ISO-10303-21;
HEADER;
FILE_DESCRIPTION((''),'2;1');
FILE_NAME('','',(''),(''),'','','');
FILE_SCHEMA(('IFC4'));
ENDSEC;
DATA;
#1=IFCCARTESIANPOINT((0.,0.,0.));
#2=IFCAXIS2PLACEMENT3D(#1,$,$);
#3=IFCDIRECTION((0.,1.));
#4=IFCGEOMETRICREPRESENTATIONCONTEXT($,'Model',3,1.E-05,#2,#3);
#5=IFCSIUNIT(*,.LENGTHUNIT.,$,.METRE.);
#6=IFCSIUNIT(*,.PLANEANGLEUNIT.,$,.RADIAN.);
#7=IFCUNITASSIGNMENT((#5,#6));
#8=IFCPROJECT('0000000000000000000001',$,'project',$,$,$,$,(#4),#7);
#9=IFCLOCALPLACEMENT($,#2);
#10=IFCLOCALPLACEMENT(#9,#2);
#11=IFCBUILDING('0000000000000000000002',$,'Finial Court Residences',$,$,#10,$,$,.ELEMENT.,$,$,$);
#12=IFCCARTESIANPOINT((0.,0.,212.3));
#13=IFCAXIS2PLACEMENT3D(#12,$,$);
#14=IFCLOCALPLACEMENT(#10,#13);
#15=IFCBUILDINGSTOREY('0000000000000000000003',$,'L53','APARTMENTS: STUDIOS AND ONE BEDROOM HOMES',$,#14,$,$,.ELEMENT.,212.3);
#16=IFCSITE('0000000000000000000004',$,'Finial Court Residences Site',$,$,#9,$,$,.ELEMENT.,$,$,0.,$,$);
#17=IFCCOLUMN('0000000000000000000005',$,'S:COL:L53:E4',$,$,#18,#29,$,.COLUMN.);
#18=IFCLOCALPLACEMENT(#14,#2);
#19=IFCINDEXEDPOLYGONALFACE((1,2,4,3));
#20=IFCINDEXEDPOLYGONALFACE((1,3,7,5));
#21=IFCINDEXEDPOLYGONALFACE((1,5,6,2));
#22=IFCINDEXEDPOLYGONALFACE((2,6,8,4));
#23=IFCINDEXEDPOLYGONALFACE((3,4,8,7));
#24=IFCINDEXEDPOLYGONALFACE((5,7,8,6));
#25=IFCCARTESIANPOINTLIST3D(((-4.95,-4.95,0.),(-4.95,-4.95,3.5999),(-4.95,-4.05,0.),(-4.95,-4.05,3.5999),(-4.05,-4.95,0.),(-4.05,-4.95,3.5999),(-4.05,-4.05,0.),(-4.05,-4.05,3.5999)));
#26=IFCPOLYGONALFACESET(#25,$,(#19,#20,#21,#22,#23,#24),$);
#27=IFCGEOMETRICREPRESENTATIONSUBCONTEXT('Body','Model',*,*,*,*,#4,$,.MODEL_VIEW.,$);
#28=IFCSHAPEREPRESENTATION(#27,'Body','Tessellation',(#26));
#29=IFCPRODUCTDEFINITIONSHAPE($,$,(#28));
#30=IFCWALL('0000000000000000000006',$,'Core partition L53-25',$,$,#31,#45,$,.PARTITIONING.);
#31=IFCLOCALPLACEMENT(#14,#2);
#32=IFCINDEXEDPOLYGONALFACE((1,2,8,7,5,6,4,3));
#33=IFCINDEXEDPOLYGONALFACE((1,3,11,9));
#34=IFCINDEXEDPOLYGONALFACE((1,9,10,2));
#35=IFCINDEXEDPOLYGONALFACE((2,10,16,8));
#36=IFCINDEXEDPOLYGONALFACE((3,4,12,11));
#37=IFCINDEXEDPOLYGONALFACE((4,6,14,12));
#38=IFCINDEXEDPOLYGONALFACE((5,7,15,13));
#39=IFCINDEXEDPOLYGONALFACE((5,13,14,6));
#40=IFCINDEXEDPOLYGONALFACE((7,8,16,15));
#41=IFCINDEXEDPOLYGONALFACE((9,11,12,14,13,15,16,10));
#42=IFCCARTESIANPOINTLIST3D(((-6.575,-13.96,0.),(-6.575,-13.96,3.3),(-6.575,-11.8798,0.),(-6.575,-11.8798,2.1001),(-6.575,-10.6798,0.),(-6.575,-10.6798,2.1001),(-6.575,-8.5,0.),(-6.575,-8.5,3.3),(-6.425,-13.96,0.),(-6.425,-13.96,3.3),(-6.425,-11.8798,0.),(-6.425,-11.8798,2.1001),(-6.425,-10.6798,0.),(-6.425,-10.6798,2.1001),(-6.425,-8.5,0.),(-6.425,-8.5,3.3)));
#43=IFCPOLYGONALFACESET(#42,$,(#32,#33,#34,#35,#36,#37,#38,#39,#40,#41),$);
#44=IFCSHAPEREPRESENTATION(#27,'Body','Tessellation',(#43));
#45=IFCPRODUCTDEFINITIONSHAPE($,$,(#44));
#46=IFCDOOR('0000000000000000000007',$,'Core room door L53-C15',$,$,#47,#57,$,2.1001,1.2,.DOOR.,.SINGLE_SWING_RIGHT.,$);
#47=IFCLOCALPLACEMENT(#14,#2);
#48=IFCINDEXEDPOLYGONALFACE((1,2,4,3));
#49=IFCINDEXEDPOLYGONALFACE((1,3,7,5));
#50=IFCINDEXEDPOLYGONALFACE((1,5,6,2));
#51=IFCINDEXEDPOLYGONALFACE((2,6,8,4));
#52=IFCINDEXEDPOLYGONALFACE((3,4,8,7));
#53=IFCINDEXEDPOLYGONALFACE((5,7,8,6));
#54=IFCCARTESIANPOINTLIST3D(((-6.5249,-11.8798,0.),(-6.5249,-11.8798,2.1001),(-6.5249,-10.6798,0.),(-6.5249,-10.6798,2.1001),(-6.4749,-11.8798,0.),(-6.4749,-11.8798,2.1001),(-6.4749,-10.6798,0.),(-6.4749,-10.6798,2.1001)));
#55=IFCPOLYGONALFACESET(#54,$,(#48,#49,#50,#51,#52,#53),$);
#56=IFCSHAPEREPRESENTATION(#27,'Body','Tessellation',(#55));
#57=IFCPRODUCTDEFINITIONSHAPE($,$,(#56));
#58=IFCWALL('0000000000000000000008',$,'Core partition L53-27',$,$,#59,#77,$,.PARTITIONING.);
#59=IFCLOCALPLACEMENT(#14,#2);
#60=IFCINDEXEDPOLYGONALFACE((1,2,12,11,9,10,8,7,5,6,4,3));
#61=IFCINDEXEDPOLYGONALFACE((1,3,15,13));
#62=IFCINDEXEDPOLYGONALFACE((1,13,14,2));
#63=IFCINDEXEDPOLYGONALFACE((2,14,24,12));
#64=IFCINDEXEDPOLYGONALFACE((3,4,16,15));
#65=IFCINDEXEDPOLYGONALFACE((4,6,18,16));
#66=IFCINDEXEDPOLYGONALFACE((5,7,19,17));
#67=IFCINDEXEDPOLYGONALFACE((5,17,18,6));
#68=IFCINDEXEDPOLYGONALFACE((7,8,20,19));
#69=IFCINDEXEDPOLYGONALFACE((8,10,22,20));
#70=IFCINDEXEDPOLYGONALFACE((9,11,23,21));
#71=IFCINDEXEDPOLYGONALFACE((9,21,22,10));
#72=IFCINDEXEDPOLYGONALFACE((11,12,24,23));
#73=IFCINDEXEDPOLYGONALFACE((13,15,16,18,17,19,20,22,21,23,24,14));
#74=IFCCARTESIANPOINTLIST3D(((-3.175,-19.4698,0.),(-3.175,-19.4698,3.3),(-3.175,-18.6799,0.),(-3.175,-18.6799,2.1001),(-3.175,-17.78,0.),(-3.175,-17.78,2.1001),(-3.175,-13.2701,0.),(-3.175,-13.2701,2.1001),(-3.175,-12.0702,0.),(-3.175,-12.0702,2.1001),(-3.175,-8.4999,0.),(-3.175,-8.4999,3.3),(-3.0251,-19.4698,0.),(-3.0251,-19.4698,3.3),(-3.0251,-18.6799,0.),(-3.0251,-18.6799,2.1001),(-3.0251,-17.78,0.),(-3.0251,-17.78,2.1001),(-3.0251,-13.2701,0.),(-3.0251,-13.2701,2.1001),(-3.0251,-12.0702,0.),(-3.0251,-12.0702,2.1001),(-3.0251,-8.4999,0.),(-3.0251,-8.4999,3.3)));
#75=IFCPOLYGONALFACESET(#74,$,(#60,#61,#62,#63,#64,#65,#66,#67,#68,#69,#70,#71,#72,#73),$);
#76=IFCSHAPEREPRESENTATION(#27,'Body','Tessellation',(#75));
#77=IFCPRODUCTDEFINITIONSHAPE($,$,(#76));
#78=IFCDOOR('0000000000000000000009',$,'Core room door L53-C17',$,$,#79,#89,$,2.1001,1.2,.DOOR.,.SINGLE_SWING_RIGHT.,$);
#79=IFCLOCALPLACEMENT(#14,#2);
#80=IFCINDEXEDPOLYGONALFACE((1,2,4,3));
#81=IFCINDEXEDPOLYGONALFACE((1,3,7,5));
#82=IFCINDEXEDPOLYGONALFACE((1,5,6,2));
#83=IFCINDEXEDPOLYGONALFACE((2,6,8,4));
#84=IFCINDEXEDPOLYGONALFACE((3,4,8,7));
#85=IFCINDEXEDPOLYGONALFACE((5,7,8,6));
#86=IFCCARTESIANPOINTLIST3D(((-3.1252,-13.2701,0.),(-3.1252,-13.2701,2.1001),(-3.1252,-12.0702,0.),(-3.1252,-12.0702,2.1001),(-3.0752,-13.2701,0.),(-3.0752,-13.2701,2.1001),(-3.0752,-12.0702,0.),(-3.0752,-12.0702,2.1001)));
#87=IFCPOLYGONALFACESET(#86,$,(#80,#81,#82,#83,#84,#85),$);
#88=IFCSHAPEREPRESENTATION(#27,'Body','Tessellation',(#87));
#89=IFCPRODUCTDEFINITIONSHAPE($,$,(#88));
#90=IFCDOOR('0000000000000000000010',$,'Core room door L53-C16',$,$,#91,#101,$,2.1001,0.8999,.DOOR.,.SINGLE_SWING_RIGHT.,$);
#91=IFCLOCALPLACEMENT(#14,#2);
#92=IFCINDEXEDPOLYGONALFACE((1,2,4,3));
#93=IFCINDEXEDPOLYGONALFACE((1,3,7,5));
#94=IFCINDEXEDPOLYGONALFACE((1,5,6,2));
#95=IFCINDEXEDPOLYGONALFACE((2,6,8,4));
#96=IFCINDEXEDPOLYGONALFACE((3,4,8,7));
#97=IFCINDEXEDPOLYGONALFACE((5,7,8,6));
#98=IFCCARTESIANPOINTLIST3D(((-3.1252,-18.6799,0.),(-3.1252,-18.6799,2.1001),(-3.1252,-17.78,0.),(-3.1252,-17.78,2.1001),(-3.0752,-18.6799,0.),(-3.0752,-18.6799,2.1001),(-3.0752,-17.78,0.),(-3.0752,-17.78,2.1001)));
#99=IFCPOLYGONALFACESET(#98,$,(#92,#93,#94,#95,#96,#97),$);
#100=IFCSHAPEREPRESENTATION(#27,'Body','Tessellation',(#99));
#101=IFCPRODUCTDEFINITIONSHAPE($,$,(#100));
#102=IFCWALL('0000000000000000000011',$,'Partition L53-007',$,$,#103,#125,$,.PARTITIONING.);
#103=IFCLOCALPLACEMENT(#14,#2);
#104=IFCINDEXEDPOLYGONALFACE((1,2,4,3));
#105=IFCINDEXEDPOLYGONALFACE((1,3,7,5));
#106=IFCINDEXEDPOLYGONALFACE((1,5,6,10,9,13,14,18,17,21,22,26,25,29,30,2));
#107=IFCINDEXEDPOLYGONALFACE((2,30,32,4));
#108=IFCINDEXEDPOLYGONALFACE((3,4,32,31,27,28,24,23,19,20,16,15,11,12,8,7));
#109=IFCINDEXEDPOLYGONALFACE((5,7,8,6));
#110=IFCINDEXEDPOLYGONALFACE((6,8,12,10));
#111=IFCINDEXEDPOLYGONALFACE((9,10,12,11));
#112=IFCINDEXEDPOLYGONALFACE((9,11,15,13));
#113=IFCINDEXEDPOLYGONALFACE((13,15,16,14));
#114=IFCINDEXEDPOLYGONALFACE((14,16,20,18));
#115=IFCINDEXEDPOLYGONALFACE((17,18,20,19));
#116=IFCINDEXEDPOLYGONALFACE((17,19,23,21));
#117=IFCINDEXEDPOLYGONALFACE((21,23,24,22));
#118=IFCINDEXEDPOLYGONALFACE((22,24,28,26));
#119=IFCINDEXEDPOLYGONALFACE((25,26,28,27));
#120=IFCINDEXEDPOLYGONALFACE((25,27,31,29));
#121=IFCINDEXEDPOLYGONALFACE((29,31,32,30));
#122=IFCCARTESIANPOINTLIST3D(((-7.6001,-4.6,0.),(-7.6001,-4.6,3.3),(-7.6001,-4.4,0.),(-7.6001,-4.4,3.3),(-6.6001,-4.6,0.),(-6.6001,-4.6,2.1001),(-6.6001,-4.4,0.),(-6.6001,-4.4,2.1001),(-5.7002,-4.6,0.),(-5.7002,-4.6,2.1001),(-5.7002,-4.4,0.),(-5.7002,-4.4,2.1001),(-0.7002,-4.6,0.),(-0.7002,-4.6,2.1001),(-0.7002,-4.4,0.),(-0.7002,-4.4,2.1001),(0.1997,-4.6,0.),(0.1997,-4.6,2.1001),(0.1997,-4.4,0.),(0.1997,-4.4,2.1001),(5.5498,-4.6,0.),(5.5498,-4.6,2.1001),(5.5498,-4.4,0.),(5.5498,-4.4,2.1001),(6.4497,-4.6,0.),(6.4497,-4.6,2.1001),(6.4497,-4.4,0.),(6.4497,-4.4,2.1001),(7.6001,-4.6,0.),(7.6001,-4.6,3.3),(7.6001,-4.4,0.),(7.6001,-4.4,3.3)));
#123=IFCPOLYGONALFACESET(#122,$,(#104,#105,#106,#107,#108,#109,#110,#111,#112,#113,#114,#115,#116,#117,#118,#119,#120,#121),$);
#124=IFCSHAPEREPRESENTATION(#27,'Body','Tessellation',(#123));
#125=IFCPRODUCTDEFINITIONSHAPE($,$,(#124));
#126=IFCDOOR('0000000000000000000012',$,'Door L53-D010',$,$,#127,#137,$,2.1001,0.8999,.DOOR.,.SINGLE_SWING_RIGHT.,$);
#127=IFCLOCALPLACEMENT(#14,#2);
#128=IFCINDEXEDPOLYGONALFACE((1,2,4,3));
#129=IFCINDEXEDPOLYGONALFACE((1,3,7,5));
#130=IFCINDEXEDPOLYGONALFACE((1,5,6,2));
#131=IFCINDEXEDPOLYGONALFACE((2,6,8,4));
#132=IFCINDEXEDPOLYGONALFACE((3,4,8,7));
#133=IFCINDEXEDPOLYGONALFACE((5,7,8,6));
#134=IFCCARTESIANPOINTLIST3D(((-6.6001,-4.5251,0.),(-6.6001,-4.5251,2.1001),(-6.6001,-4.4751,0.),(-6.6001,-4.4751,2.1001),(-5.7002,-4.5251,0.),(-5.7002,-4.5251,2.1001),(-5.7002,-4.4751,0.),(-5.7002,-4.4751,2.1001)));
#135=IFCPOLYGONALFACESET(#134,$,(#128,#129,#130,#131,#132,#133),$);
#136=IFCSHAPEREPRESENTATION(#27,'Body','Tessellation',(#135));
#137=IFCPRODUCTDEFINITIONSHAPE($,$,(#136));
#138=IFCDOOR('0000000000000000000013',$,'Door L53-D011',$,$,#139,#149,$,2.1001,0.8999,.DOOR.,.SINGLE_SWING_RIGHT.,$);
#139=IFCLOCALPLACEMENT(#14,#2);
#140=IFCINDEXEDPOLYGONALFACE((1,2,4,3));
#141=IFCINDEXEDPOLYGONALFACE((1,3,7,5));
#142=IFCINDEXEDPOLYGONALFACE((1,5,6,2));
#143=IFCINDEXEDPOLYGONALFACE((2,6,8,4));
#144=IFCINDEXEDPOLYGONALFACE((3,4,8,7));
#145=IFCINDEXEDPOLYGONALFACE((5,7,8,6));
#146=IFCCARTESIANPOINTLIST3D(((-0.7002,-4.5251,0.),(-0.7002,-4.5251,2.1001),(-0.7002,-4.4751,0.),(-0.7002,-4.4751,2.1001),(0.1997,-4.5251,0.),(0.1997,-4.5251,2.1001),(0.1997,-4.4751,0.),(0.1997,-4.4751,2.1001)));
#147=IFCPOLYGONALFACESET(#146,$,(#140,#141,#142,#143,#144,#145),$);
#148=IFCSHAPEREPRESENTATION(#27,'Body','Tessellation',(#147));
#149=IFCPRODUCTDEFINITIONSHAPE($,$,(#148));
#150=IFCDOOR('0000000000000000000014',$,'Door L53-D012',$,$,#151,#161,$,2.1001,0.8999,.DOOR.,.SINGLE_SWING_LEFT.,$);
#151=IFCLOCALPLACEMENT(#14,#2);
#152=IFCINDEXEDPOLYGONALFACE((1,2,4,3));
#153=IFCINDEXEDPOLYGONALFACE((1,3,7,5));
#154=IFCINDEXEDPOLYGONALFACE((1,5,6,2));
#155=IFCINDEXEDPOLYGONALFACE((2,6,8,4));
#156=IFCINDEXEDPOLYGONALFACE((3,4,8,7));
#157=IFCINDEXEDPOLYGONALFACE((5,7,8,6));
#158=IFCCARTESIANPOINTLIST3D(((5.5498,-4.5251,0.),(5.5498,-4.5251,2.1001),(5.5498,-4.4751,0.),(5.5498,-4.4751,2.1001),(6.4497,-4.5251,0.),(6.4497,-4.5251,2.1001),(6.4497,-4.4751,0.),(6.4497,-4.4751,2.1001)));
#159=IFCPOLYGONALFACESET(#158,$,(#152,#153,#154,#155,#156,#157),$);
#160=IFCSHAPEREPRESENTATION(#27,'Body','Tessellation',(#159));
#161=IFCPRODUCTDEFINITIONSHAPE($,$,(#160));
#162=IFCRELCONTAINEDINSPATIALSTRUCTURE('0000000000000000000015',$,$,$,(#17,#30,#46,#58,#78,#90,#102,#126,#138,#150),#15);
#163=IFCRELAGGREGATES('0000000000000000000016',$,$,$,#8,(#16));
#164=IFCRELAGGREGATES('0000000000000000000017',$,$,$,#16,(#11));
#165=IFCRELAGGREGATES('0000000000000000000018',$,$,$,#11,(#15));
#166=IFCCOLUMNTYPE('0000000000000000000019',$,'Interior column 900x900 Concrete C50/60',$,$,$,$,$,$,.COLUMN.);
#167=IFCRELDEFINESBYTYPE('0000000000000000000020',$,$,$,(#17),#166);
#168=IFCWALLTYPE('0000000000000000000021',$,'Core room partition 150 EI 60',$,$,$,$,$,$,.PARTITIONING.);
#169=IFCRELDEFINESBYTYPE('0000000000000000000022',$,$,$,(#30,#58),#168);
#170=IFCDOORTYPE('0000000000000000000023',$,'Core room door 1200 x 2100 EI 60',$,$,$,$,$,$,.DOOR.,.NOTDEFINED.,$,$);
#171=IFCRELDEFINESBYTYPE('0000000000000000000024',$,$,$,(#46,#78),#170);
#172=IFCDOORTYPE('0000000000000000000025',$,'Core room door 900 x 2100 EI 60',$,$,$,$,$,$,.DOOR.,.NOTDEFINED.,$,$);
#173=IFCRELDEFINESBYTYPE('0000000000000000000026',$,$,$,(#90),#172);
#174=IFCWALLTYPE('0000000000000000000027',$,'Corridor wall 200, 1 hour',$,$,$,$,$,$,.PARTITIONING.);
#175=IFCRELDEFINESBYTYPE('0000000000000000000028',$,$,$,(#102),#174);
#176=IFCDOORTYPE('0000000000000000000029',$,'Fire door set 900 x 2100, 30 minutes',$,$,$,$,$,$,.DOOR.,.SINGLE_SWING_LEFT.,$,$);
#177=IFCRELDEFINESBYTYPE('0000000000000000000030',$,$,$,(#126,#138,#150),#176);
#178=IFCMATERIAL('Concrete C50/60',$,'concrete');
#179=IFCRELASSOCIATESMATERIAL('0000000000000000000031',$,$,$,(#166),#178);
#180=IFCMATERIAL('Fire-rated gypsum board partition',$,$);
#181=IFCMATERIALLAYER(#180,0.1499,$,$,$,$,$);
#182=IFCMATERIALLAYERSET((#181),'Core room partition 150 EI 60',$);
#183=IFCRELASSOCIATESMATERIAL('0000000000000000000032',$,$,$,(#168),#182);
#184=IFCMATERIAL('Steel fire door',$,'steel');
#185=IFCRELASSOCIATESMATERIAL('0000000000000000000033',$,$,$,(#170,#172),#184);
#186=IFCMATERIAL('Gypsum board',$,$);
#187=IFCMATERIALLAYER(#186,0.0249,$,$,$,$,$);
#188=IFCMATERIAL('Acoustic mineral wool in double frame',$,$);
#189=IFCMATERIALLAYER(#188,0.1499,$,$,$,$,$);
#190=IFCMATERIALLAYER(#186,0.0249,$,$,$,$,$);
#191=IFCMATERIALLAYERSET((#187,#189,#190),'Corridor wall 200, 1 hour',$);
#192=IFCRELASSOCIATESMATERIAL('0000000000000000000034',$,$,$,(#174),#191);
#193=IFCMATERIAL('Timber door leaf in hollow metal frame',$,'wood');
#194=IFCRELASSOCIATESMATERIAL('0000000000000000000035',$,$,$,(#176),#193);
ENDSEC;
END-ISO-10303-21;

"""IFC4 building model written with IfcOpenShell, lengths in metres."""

from ifc_helpers import new_model, si_unit, direction, frame, frame_2d, origin, origin_2d, place, context, subcontext, project, spatial, rectangle, extrude, material, layer, layer_set, material_profile, profile_set, type_object, element, fill, save


model = new_model("IFC4")

# Units and contexts
model_context = context("Model", 3, precision=1e-05, world=origin(), true_north=direction((0.0, 1.0)))
body_context = subcontext(model_context, "Body", "Model", "MODEL_VIEW")
ifc_project = project(units=[si_unit("LENGTHUNIT", "METRE"), si_unit("PLANEANGLEUNIT", "RADIAN")], contexts=[model_context])

# Site, building, storey
site_placement = place(None, origin())
site = spatial("IfcSite", under=ifc_project, at=site_placement, Name="Finial Court Residences Site", CompositionType="ELEMENT", RefElevation=0.0)
building_placement = place(site_placement, origin())
building = spatial("IfcBuilding", under=site, at=building_placement, Name="Finial Court Residences", CompositionType="ELEMENT")
storey_placement = place(building_placement, frame((0.0, 0.0, 212.3)))
storey = spatial("IfcBuildingStorey", under=building, at=storey_placement, Name="L53", Description="APARTMENTS: STUDIOS AND ONE BEDROOM HOMES", CompositionType="ELEMENT", Elevation=212.3)

# Column
ifc_material_1 = material(Name="Concrete C50/60", Category="concrete")
ifc_material_profile = material_profile(ifc_material_1, rectangle(XDim=0.8999, YDim=0.8999, at=origin_2d()), Name="900x900")
ifc_profile_set = profile_set([ifc_material_profile], Name="Concrete C50/60")
column_type = type_object("IfcColumnType", Name="Interior column 900x900 Concrete C50/60", PredefinedType="COLUMN", material=ifc_profile_set)
column_placement = place(storey_placement, frame((-4.5, -4.5, 0.0), z_axis=(0.0, 0.0, 1.0), x_axis=(1.0, 0.0, 0.0)))
element("IfcColumn", 1, at=column_placement, inside=storey, type_object=column_type, Name="S:COL:L53:E4", PredefinedType="COLUMN", context=body_context, shape_type="SweptSolid", body=[
    extrude(rectangle(XDim=0.8999, YDim=0.8999, at=origin_2d()), origin(), (0.0, 0.0, 1.0), 3.5999),
])

# Wall, opening, door
ifc_material_2 = material(Name="Fire-rated gypsum board partition")
ifc_layer_1 = layer(ifc_material_2, 0.1499)
ifc_layer_set_1 = layer_set([ifc_layer_1], Name="Core room partition 150 EI 60")
wall_type_1 = type_object("IfcWallType", Name="Core room partition 150 EI 60", PredefinedType="PARTITIONING", material=ifc_layer_set_1)
wall_1_placement = place(storey_placement, frame((-6.5, -13.96, 0.0), z_axis=(0.0, 0.0, 1.0), x_axis=(0.0, 1.0, 0.0)))
wall_1 = element("IfcWall", 2, at=wall_1_placement, inside=storey, type_object=wall_type_1, Name="Core partition L53-25", PredefinedType="PARTITIONING", context=body_context, shape_type="SweptSolid", body=[
    extrude(rectangle(XDim=5.46, YDim=0.1499, at=frame_2d((2.73, 0.0))), origin(), (0.0, 0.0, 1.0), 3.3),
])
opening_1_placement = place(wall_1_placement, frame((2.0801, 0.0, 0.0)))
opening_1 = element("IfcOpeningElement", 3, at=opening_1_placement, cuts=wall_1, PredefinedType="OPENING", context=body_context, shape_type="SweptSolid", body=[
    extrude(rectangle(XDim=1.2, YDim=2.1001, at=frame_2d((0.6001, 1.05))), frame((0.0, 0.085, 0.0), z_axis=(0.0, -1.0, 0.0), x_axis=(1.0, 0.0, 0.0)), (0.0, 0.0, 1.0), 0.1699),
])
ifc_material_3 = material(Name="Steel fire door", Category="steel")
door_type_1 = type_object("IfcDoorType", Name="Core room door 1200 x 2100 EI 60", OperationType="NOTDEFINED", PredefinedType="DOOR", material=ifc_material_3)
door_1_placement = place(opening_1_placement, origin())
door_1 = element("IfcDoor", 4, at=door_1_placement, inside=storey, type_object=door_type_1, Name="Core room door L53-C15", OperationType="SINGLE_SWING_RIGHT", OverallHeight=2.1001, OverallWidth=1.2, PredefinedType="DOOR", context=body_context, shape_type="SweptSolid", body=[
    extrude(rectangle(XDim=1.2, YDim=2.1001, at=frame_2d((0.6001, 1.05))), frame((0.0, 0.0249, 0.0), z_axis=(0.0, -1.0, 0.0), x_axis=(1.0, 0.0, 0.0)), (0.0, 0.0, 1.0), 0.05),
])
fill(opening_1, door_1)

# Walls, openings, doors
wall_2_placement = place(storey_placement, frame((-3.1001, -8.5, 0.0), z_axis=(0.0, 0.0, 1.0), x_axis=(0.0, -1.0, 0.0)))
wall_2 = element("IfcWall", 5, at=wall_2_placement, inside=storey, type_object=wall_type_1, Name="Core partition L53-27", PredefinedType="PARTITIONING", context=body_context, shape_type="SweptSolid", body=[
    extrude(rectangle(XDim=10.97, YDim=0.1499, at=frame_2d((5.4849, 0.0))), origin(), (0.0, 0.0, 1.0), 3.3),
])
opening_2_placement = place(wall_2_placement, frame((9.28, 0.0, 0.0)))
opening_2 = element("IfcOpeningElement", 6, at=opening_2_placement, cuts=wall_2, PredefinedType="OPENING", context=body_context, shape_type="SweptSolid", body=[
    extrude(rectangle(XDim=0.8999, YDim=2.1001, at=frame_2d((0.45, 1.05))), frame((0.0, 0.085, 0.0), z_axis=(0.0, -1.0, 0.0), x_axis=(1.0, 0.0, 0.0)), (0.0, 0.0, 1.0), 0.1699),
])
opening_3_placement = place(wall_2_placement, frame((3.5701, 0.0, 0.0)))
opening_3 = element("IfcOpeningElement", 7, at=opening_3_placement, cuts=wall_2, PredefinedType="OPENING", context=body_context, shape_type="SweptSolid", body=[
    extrude(rectangle(XDim=1.2, YDim=2.1001, at=frame_2d((0.6001, 1.05))), frame((0.0, 0.085, 0.0), z_axis=(0.0, -1.0, 0.0), x_axis=(1.0, 0.0, 0.0)), (0.0, 0.0, 1.0), 0.1699),
])
door_2_placement = place(opening_3_placement, origin())
door_2 = element("IfcDoor", 8, at=door_2_placement, inside=storey, type_object=door_type_1, Name="Core room door L53-C17", OperationType="SINGLE_SWING_RIGHT", OverallHeight=2.1001, OverallWidth=1.2, PredefinedType="DOOR", context=body_context, shape_type="SweptSolid", body=[
    extrude(rectangle(XDim=1.2, YDim=2.1001, at=frame_2d((0.6001, 1.05))), frame((0.0, 0.0249, 0.0), z_axis=(0.0, -1.0, 0.0), x_axis=(1.0, 0.0, 0.0)), (0.0, 0.0, 1.0), 0.05),
])
fill(opening_3, door_2)
door_type_2 = type_object("IfcDoorType", Name="Core room door 900 x 2100 EI 60", OperationType="NOTDEFINED", PredefinedType="DOOR", material=ifc_material_3)
door_3_placement = place(opening_2_placement, origin())
door_3 = element("IfcDoor", 9, at=door_3_placement, inside=storey, type_object=door_type_2, Name="Core room door L53-C16", OperationType="SINGLE_SWING_RIGHT", OverallHeight=2.1001, OverallWidth=0.8999, PredefinedType="DOOR", context=body_context, shape_type="SweptSolid", body=[
    extrude(rectangle(XDim=0.8999, YDim=2.1001, at=frame_2d((0.45, 1.05))), frame((0.0, 0.0249, 0.0), z_axis=(0.0, -1.0, 0.0), x_axis=(1.0, 0.0, 0.0)), (0.0, 0.0, 1.0), 0.05),
])
fill(opening_2, door_3)
ifc_material_4 = material(Name="Gypsum board")
ifc_layer_2 = layer(ifc_material_4, 0.0249)
ifc_material_5 = material(Name="Acoustic mineral wool in double frame")
ifc_layer_3 = layer(ifc_material_5, 0.1499)
ifc_layer_4 = layer(ifc_material_4, 0.0249)
ifc_layer_set_2 = layer_set([ifc_layer_2, ifc_layer_3, ifc_layer_4], Name="Corridor wall 200, 1 hour")
wall_type_2 = type_object("IfcWallType", Name="Corridor wall 200, 1 hour", PredefinedType="PARTITIONING", material=ifc_layer_set_2)
wall_3_placement = place(storey_placement, frame((-7.6001, -4.5, 0.0), z_axis=(0.0, 0.0, 1.0), x_axis=(1.0, 0.0, 0.0)))
wall_3 = element("IfcWall", 10, at=wall_3_placement, inside=storey, type_object=wall_type_2, Name="Partition L53-007", PredefinedType="PARTITIONING", context=body_context, shape_type="SweptSolid", body=[
    extrude(rectangle(XDim=15.2002, YDim=0.2, at=frame_2d((7.6001, 0.0))), origin(), (0.0, 0.0, 1.0), 3.3),
])
opening_4_placement = place(wall_3_placement, frame((1.0, 0.0, 0.0)))
opening_4 = element("IfcOpeningElement", 11, at=opening_4_placement, cuts=wall_3, PredefinedType="OPENING", context=body_context, shape_type="SweptSolid", body=[
    extrude(rectangle(XDim=0.8999, YDim=2.1001, at=frame_2d((0.45, 1.05))), frame((0.0, 0.1099, 0.0), z_axis=(0.0, -1.0, 0.0), x_axis=(1.0, 0.0, 0.0)), (0.0, 0.0, 1.0), 0.22),
])
opening_5_placement = place(wall_3_placement, frame((6.8999, 0.0, 0.0)))
opening_5 = element("IfcOpeningElement", 12, at=opening_5_placement, cuts=wall_3, PredefinedType="OPENING", context=body_context, shape_type="SweptSolid", body=[
    extrude(rectangle(XDim=0.8999, YDim=2.1001, at=frame_2d((0.45, 1.05))), frame((0.0, 0.1099, 0.0), z_axis=(0.0, -1.0, 0.0), x_axis=(1.0, 0.0, 0.0)), (0.0, 0.0, 1.0), 0.22),
])
opening_6_placement = place(wall_3_placement, frame((13.1499, 0.0, 0.0)))
opening_6 = element("IfcOpeningElement", 13, at=opening_6_placement, cuts=wall_3, PredefinedType="OPENING", context=body_context, shape_type="SweptSolid", body=[
    extrude(rectangle(XDim=0.8999, YDim=2.1001, at=frame_2d((0.45, 1.05))), frame((0.0, 0.1099, 0.0), z_axis=(0.0, -1.0, 0.0), x_axis=(1.0, 0.0, 0.0)), (0.0, 0.0, 1.0), 0.22),
])
ifc_material_6 = material(Name="Timber door leaf in hollow metal frame", Category="wood")
door_type_3 = type_object("IfcDoorType", Name="Fire door set 900 x 2100, 30 minutes", OperationType="SINGLE_SWING_LEFT", PredefinedType="DOOR", material=ifc_material_6)
door_4_placement = place(opening_4_placement, origin())
door_4 = element("IfcDoor", 14, at=door_4_placement, inside=storey, type_object=door_type_3, Name="Door L53-D010", OperationType="SINGLE_SWING_RIGHT", OverallHeight=2.1001, OverallWidth=0.8999, PredefinedType="DOOR", context=body_context, shape_type="SweptSolid", body=[
    extrude(rectangle(XDim=0.8999, YDim=2.1001, at=frame_2d((0.45, 1.05))), frame((0.0, 0.0249, 0.0), z_axis=(0.0, -1.0, 0.0), x_axis=(1.0, 0.0, 0.0)), (0.0, 0.0, 1.0), 0.05),
])
fill(opening_4, door_4)
door_5_placement = place(opening_5_placement, origin())
door_5 = element("IfcDoor", 15, at=door_5_placement, inside=storey, type_object=door_type_3, Name="Door L53-D011", OperationType="SINGLE_SWING_RIGHT", OverallHeight=2.1001, OverallWidth=0.8999, PredefinedType="DOOR", context=body_context, shape_type="SweptSolid", body=[
    extrude(rectangle(XDim=0.8999, YDim=2.1001, at=frame_2d((0.45, 1.05))), frame((0.0, 0.0249, 0.0), z_axis=(0.0, -1.0, 0.0), x_axis=(1.0, 0.0, 0.0)), (0.0, 0.0, 1.0), 0.05),
])
fill(opening_5, door_5)
door_6_placement = place(opening_6_placement, origin())
door_6 = element("IfcDoor", 16, at=door_6_placement, inside=storey, type_object=door_type_3, Name="Door L53-D012", OperationType="SINGLE_SWING_LEFT", OverallHeight=2.1001, OverallWidth=0.8999, PredefinedType="DOOR", context=body_context, shape_type="SweptSolid", body=[
    extrude(rectangle(XDim=0.8999, YDim=2.1001, at=frame_2d((0.45, 1.05))), frame((0.0, 0.0249, 0.0), z_axis=(0.0, -1.0, 0.0), x_axis=(1.0, 0.0, 0.0)), (0.0, 0.0, 1.0), 0.05),
])
fill(opening_6, door_6)

save(model, "model.ifc")
